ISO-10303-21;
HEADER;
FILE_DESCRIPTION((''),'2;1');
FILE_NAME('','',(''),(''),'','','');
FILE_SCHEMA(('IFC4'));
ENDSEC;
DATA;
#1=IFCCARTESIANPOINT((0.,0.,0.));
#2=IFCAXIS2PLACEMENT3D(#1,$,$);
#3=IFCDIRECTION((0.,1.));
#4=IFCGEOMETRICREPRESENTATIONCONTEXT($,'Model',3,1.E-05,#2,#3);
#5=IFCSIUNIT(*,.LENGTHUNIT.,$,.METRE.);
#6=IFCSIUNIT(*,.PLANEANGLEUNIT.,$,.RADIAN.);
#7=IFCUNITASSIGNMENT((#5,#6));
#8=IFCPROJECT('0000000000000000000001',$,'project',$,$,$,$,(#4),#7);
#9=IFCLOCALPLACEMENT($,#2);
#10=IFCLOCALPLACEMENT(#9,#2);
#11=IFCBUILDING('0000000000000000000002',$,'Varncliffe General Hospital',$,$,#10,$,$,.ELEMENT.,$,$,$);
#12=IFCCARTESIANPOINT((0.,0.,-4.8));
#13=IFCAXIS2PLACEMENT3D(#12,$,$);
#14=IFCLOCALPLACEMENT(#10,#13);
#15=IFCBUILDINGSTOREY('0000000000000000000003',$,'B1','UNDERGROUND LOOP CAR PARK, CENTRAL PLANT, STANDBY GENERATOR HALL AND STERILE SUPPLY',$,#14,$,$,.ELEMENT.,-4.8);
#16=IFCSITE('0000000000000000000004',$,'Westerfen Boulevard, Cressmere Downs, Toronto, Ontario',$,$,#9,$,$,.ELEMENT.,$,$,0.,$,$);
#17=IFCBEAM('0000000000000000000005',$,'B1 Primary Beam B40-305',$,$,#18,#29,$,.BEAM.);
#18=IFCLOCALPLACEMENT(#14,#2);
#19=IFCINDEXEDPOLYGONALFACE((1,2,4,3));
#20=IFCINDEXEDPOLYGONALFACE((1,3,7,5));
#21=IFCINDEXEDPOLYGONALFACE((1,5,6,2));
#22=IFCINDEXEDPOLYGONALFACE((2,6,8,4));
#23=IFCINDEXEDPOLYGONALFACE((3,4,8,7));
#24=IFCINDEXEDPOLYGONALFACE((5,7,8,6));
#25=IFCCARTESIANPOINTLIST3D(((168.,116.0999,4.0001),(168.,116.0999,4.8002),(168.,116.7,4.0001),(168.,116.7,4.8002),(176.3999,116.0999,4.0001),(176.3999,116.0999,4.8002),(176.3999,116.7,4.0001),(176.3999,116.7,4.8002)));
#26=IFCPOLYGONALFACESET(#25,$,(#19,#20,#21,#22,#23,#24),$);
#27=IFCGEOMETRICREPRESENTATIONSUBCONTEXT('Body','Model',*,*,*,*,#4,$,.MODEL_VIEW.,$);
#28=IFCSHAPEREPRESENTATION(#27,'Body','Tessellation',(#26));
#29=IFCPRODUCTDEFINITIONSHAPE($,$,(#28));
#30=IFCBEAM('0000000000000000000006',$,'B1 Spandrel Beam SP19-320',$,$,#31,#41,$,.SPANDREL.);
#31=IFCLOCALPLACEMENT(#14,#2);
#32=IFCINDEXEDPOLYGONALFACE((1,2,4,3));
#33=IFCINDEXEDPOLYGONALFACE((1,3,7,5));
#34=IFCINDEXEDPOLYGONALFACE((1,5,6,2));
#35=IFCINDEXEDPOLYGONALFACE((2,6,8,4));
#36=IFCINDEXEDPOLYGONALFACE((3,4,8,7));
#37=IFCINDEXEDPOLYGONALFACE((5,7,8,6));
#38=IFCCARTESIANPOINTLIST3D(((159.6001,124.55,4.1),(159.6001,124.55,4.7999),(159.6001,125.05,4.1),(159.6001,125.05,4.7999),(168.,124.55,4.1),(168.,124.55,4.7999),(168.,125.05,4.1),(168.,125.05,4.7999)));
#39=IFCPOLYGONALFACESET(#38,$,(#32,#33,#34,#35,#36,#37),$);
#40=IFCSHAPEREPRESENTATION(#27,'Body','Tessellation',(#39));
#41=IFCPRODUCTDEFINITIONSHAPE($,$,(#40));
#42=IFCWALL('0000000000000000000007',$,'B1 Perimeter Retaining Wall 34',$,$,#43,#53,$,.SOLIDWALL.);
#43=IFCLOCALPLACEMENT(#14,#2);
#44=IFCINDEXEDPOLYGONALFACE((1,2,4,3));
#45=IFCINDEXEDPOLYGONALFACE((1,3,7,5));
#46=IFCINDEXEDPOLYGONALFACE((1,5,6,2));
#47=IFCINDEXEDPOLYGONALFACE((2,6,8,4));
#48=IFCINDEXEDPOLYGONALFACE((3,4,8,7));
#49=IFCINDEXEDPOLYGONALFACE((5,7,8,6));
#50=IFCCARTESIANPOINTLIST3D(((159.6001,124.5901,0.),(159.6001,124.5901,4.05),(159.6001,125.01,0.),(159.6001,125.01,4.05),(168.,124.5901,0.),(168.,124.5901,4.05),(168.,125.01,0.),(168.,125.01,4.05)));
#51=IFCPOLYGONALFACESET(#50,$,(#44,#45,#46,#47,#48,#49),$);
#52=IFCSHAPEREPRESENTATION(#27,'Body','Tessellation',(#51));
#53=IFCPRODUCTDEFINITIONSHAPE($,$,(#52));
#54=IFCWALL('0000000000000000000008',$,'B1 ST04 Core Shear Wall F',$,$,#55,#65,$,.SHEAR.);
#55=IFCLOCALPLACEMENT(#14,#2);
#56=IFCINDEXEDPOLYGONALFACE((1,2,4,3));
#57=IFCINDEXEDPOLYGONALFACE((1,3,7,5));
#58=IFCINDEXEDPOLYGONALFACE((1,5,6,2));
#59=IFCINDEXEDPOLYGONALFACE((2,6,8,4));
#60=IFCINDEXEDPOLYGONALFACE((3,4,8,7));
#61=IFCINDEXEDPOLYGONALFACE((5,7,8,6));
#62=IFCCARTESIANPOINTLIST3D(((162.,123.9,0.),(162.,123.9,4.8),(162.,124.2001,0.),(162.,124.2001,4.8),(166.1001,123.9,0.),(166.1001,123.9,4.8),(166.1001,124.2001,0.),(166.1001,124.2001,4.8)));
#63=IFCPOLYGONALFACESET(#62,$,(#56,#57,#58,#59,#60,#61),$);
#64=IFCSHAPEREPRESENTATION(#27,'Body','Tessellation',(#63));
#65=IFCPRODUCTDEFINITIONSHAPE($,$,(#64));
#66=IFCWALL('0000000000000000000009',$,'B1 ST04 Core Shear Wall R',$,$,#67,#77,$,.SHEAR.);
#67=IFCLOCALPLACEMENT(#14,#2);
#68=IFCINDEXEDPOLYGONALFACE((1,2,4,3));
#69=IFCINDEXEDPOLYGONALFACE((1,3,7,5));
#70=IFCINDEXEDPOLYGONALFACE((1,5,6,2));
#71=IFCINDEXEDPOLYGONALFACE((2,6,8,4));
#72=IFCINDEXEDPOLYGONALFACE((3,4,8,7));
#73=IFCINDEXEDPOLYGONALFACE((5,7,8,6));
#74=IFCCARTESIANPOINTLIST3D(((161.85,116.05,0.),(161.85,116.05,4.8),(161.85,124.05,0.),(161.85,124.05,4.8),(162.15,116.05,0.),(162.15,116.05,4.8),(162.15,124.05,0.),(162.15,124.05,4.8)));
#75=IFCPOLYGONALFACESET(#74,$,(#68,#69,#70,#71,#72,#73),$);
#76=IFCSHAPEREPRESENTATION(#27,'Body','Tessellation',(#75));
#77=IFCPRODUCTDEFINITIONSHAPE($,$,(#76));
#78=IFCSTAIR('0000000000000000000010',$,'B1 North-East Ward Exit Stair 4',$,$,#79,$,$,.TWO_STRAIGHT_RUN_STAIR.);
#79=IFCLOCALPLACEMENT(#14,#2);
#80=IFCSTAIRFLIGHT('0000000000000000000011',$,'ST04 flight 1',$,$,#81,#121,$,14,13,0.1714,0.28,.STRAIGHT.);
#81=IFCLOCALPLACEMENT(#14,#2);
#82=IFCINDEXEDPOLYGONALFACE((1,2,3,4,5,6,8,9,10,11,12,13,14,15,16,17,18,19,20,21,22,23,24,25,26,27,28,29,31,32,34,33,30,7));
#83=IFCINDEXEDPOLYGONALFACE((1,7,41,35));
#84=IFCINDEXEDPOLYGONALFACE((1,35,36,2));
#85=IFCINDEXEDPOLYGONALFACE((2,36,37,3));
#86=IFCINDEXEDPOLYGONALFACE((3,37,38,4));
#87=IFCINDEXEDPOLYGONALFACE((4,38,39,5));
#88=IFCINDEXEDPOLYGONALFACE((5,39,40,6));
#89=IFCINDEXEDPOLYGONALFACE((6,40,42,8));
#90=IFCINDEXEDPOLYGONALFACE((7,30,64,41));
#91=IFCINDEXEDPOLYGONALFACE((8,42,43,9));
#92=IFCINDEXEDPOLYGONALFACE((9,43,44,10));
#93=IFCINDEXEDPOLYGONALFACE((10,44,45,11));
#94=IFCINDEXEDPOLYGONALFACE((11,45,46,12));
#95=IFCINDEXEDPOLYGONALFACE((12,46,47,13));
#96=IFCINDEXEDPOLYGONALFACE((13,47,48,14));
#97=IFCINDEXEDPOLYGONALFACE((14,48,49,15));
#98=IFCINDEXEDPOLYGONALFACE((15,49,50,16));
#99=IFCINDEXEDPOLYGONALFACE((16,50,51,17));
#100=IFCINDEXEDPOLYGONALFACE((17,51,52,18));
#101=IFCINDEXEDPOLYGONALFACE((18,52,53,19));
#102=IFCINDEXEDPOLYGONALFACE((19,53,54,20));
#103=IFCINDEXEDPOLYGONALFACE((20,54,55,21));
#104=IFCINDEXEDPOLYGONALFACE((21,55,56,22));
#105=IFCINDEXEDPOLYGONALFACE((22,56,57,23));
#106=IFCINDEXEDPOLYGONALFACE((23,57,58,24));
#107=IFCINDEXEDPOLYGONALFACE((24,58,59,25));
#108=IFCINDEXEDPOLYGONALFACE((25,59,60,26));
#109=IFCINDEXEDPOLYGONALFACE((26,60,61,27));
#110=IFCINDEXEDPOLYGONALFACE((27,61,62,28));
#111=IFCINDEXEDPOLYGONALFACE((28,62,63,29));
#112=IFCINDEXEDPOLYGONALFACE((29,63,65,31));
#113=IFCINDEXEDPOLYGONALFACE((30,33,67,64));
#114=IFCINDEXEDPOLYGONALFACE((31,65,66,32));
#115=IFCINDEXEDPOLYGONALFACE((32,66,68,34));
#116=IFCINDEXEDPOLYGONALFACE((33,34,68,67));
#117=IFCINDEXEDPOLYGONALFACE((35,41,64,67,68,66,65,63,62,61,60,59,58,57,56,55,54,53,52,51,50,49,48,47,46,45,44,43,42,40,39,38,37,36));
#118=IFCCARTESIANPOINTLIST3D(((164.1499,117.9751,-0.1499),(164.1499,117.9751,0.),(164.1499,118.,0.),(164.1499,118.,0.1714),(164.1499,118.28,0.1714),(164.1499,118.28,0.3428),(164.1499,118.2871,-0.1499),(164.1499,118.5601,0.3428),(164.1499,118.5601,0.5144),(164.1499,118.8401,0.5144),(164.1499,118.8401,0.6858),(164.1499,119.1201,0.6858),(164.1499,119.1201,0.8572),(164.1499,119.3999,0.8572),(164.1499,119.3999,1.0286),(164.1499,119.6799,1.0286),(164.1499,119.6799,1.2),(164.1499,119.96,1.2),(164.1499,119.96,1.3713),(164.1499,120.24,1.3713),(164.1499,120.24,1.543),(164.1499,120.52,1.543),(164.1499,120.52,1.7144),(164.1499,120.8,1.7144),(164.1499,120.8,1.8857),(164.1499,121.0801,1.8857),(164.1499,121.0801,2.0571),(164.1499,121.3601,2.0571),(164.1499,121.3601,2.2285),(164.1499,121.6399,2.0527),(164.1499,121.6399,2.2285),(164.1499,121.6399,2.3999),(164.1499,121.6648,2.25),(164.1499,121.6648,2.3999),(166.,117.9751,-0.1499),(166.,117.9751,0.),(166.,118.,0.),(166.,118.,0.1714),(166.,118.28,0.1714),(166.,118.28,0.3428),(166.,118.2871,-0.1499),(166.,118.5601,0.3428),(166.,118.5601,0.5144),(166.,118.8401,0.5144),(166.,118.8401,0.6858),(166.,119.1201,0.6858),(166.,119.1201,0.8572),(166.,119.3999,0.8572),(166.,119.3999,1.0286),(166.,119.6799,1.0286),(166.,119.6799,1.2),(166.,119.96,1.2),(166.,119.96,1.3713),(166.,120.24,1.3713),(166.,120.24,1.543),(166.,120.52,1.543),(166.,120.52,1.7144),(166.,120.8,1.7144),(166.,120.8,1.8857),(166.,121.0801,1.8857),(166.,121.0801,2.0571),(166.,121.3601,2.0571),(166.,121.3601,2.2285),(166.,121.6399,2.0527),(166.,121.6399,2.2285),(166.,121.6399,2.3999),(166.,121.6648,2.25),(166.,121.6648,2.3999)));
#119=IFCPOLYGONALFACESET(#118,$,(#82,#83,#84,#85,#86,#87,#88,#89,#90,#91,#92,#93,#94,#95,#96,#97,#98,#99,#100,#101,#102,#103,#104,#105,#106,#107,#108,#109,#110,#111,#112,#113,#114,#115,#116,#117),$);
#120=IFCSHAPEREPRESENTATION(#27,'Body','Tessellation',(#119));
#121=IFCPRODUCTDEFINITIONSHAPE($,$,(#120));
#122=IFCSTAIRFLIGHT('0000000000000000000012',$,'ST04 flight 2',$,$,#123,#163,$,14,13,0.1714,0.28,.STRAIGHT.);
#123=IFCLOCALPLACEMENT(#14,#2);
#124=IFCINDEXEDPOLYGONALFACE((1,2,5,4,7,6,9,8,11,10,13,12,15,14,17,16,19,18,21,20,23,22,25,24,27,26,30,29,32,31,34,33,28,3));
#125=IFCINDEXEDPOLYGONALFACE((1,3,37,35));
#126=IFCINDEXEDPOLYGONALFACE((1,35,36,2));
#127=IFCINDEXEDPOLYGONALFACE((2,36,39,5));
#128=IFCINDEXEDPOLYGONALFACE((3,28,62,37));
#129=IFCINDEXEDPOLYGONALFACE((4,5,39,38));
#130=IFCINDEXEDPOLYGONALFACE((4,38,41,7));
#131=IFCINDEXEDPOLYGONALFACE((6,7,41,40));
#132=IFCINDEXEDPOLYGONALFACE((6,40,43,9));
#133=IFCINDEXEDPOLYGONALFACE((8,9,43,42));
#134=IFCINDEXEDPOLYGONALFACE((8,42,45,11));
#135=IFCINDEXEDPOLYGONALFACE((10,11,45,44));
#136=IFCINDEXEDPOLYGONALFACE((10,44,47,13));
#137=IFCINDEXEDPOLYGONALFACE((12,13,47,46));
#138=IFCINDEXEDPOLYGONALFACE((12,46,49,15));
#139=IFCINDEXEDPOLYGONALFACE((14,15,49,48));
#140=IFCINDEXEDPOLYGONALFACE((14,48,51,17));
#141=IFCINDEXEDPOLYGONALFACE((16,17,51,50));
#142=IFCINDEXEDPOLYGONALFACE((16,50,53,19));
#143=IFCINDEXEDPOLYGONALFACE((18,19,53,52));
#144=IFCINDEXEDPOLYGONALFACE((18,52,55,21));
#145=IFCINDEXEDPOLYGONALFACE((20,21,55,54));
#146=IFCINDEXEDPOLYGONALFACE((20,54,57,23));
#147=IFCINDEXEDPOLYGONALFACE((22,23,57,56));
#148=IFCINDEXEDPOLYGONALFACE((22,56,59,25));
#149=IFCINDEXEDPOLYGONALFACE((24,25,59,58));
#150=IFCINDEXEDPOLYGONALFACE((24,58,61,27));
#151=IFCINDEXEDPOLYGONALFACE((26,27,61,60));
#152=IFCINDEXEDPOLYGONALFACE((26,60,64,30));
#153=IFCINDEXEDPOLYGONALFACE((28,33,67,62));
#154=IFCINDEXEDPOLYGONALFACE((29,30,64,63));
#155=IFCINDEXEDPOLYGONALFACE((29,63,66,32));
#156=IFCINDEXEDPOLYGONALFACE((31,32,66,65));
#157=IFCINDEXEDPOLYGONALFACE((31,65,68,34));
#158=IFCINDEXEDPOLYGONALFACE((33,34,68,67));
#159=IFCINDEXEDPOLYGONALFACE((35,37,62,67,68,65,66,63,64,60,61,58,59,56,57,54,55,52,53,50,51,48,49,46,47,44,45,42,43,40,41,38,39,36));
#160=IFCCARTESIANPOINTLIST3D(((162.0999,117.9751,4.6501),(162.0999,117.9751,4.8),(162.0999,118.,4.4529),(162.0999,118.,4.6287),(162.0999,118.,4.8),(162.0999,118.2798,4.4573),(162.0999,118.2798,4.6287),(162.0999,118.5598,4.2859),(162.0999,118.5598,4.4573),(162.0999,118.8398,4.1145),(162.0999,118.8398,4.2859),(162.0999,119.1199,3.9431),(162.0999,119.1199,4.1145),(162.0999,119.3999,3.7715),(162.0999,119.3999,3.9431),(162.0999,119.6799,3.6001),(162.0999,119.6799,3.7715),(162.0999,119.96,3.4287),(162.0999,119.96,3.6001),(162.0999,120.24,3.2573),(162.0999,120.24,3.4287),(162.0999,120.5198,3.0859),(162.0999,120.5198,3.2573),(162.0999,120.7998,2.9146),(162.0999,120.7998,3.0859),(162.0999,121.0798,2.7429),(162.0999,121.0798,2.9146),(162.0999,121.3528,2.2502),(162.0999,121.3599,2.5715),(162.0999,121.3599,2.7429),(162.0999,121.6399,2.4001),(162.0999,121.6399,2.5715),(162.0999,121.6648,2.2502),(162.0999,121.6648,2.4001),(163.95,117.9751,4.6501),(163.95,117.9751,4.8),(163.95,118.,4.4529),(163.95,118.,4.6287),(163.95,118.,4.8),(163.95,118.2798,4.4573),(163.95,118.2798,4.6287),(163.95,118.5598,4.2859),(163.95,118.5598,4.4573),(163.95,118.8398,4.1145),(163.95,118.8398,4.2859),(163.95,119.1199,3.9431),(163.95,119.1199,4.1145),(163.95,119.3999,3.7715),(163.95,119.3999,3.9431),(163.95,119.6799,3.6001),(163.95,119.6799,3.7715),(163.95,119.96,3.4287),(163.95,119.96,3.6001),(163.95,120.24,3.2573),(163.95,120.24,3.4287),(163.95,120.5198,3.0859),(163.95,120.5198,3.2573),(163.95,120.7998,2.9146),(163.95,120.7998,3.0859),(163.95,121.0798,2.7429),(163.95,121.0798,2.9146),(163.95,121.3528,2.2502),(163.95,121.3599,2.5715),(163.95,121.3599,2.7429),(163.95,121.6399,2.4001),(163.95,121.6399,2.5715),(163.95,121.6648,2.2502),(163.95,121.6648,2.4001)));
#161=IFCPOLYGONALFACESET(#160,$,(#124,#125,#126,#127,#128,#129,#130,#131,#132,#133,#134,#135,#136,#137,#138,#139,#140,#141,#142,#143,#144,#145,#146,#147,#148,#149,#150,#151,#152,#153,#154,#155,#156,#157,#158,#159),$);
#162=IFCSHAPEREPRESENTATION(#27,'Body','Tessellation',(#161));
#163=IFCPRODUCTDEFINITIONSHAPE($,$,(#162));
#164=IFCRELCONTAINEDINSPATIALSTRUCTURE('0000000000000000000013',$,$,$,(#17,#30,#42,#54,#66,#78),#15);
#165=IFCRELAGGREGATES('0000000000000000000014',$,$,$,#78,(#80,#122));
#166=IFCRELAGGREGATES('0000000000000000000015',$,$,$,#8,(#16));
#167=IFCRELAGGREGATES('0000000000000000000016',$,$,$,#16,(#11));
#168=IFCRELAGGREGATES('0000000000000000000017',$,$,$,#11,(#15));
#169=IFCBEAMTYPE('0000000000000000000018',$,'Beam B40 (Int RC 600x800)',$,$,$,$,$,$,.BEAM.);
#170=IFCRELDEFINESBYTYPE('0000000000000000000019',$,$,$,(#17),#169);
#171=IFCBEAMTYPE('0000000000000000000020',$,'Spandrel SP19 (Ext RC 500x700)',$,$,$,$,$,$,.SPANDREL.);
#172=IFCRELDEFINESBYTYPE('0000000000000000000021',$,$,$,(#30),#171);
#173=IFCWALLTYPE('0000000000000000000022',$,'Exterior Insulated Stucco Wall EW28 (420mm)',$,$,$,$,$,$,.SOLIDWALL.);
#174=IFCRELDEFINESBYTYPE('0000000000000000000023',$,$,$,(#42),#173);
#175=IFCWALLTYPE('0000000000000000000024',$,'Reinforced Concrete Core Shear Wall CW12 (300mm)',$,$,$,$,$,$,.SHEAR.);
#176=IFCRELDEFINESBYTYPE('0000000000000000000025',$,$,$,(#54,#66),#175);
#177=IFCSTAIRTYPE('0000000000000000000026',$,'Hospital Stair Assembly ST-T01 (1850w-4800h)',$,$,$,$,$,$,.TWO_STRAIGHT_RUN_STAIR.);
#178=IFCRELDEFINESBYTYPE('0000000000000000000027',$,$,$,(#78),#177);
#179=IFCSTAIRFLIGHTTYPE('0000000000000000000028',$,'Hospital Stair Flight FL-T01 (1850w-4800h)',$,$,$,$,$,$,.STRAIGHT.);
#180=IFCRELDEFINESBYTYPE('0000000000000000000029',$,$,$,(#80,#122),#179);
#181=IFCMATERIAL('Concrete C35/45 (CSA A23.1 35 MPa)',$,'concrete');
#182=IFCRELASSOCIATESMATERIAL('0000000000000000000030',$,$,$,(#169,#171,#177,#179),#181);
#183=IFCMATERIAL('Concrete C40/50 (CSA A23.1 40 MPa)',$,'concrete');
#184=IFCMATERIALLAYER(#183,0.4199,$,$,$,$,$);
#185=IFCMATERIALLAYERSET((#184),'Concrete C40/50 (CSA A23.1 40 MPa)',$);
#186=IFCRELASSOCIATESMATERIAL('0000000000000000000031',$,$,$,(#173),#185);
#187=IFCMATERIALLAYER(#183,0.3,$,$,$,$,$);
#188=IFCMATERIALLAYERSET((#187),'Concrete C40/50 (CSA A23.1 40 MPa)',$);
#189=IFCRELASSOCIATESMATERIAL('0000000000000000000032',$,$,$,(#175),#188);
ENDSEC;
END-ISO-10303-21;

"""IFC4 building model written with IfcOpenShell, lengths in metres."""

from ifc_helpers import new_model, si_unit, direction, frame, frame_2d, origin, origin_2d, place, context, subcontext, project, spatial, polyline, rectangle, outline, extrude, material, layer, layer_set, material_profile, profile_set, type_object, element, aggregate, save


model = new_model("IFC4")

# Units and contexts
model_context = context("Model", 3, precision=1e-05, world=origin(), true_north=direction((0.0, 1.0)))
body_context = subcontext(model_context, "Body", "Model", "MODEL_VIEW")
ifc_project = project(units=[si_unit("LENGTHUNIT", "METRE"), si_unit("PLANEANGLEUNIT", "RADIAN")], contexts=[model_context])

# Site, building, storey
site_placement = place(None, origin())
site = spatial("IfcSite", under=ifc_project, at=site_placement, Name="Westerfen Boulevard, Cressmere Downs, Toronto, Ontario", CompositionType="ELEMENT", RefElevation=0.0)
building_placement = place(site_placement, origin())
building = spatial("IfcBuilding", under=site, at=building_placement, Name="Varncliffe General Hospital", CompositionType="ELEMENT")
storey_placement = place(building_placement, frame((0.0, 0.0, -4.8)))
storey = spatial("IfcBuildingStorey", under=building, at=storey_placement, Name="B1", Description="UNDERGROUND LOOP CAR PARK, CENTRAL PLANT, STANDBY GENERATOR HALL AND STERILE SUPPLY", CompositionType="ELEMENT", Elevation=-4.8)

# Shared definitions
ifc_material_1 = material(Name="Concrete C40/50 (CSA A23.1 40 MPa)", Category="concrete")

# Beams
ifc_material_2 = material(Name="Concrete C35/45 (CSA A23.1 35 MPa)", Category="concrete")
ifc_material_profile_1 = material_profile(ifc_material_2, rectangle(XDim=0.6001, YDim=0.8, at=origin_2d()), Name="RC 600x800")
ifc_profile_set_1 = profile_set([ifc_material_profile_1], Name="Concrete C35/45 (CSA A23.1 35 MPa)")
beam_type_1 = type_object("IfcBeamType", Name="Beam B40 (Int RC 600x800)", PredefinedType="BEAM", material=ifc_profile_set_1)
beam_1_placement = place(storey_placement, frame((168.0, 116.3999, 4.4001), z_axis=(1.0, 0.0, 0.0), x_axis=(0.0, 1.0, 0.0)))
element("IfcBeam", 1, at=beam_1_placement, inside=storey, type_object=beam_type_1, Name="B1 Primary Beam B40-305", PredefinedType="BEAM", context=body_context, shape_type="SweptSolid", body=[
    extrude(rectangle(XDim=0.6001, YDim=0.8, at=origin_2d()), origin(), (0.0, 0.0, 1.0), 8.3999),
])
ifc_material_profile_2 = material_profile(ifc_material_2, rectangle(XDim=0.5, YDim=0.7, at=origin_2d()), Name="RC 500x700")
ifc_profile_set_2 = profile_set([ifc_material_profile_2], Name="Concrete C35/45 (CSA A23.1 35 MPa)")
beam_type_2 = type_object("IfcBeamType", Name="Spandrel SP19 (Ext RC 500x700)", PredefinedType="SPANDREL", material=ifc_profile_set_2)
beam_2_placement = place(storey_placement, frame((159.6001, 124.8, 4.45), z_axis=(1.0, 0.0, 0.0), x_axis=(0.0, 1.0, 0.0)))
element("IfcBeam", 2, at=beam_2_placement, inside=storey, type_object=beam_type_2, Name="B1 Spandrel Beam SP19-320", PredefinedType="SPANDREL", context=body_context, shape_type="SweptSolid", body=[
    extrude(rectangle(XDim=0.5, YDim=0.7, at=origin_2d()), origin(), (0.0, 0.0, 1.0), 8.3999),
])

# Walls
ifc_layer_1 = layer(ifc_material_1, 0.4199)
ifc_layer_set_1 = layer_set([ifc_layer_1], Name="Concrete C40/50 (CSA A23.1 40 MPa)")
wall_type_1 = type_object("IfcWallType", Name="Exterior Insulated Stucco Wall EW28 (420mm)", PredefinedType="SOLIDWALL", material=ifc_layer_set_1)
wall_1_placement = place(storey_placement, frame((159.6001, 124.8, 0.0), z_axis=(0.0, 0.0, 1.0), x_axis=(1.0, 0.0, 0.0)))
element("IfcWall", 3, at=wall_1_placement, inside=storey, type_object=wall_type_1, Name="B1 Perimeter Retaining Wall 34", PredefinedType="SOLIDWALL", context=body_context, shape_type="SweptSolid", body=[
    extrude(rectangle(XDim=8.3999, YDim=0.4199, at=frame_2d((4.2, 0.0))), origin(), (0.0, 0.0, 1.0), 4.05),
])
ifc_layer_2 = layer(ifc_material_1, 0.3)
ifc_layer_set_2 = layer_set([ifc_layer_2], Name="Concrete C40/50 (CSA A23.1 40 MPa)")
wall_type_2 = type_object("IfcWallType", Name="Reinforced Concrete Core Shear Wall CW12 (300mm)", PredefinedType="SHEAR", material=ifc_layer_set_2)
wall_2_placement = place(storey_placement, frame((166.1001, 124.05, 0.0), z_axis=(0.0, 0.0, 1.0), x_axis=(-1.0, 0.0, 0.0)))
element("IfcWall", 4, at=wall_2_placement, inside=storey, type_object=wall_type_2, Name="B1 ST04 Core Shear Wall F", PredefinedType="SHEAR", context=body_context, shape_type="SweptSolid", body=[
    extrude(rectangle(XDim=4.1001, YDim=0.3, at=frame_2d((2.05, 0.0))), origin(), (0.0, 0.0, 1.0), 4.8),
])
wall_3_placement = place(storey_placement, frame((162.0, 124.05, 0.0), z_axis=(0.0, 0.0, 1.0), x_axis=(0.0, -1.0, 0.0)))
element("IfcWall", 5, at=wall_3_placement, inside=storey, type_object=wall_type_2, Name="B1 ST04 Core Shear Wall R", PredefinedType="SHEAR", context=body_context, shape_type="SweptSolid", body=[
    extrude(rectangle(XDim=8.0, YDim=0.3, at=frame_2d((4.0, 0.0))), origin(), (0.0, 0.0, 1.0), 4.8),
])

# Stair, stair flights
stair_type = type_object("IfcStairType", Name="Hospital Stair Assembly ST-T01 (1850w-4800h)", PredefinedType="TWO_STRAIGHT_RUN_STAIR", material=ifc_material_2)
stair_placement = place(storey_placement, origin())
stair = element("IfcStair", 6, at=stair_placement, inside=storey, type_object=stair_type, Name="B1 North-East Ward Exit Stair 4", PredefinedType="TWO_STRAIGHT_RUN_STAIR")
stair_flight_type = type_object("IfcStairFlightType", Name="Hospital Stair Flight FL-T01 (1850w-4800h)", PredefinedType="STRAIGHT", material=ifc_material_2)
stair_flight_1_placement = place(storey_placement, frame((165.075, 118.0, 0.0), z_axis=(0.0, 0.0, 1.0), x_axis=(0.0, 1.0, 0.0)))
stair_flight_1 = element("IfcStairFlight", 7, at=stair_flight_1_placement, type_object=stair_flight_type, Name="ST04 flight 1", NumberOfRisers=14, NumberOfTreads=13, PredefinedType="STRAIGHT", RiserHeight=0.1714, TreadLength=0.28, context=body_context, shape_type="SweptSolid", body=[
    extrude(outline(polyline([(-0.0249, -0.1499), (-0.0249, 0.0), (0.0, 0.0), (0.0, 0.1714), (0.28, 0.1714), (0.28, 0.3428), (0.5601, 0.3428), (0.5601, 0.5144), (0.8401, 0.5144), (0.8401, 0.6858), (1.1201, 0.6858), (1.1201, 0.8572), (1.3999, 0.8572), (1.3999, 1.0286), (1.6799, 1.0286), (1.6799, 1.2), (1.96, 1.2), (1.96, 1.3713), (2.24, 1.3713), (2.24, 1.543), (2.52, 1.543), (2.52, 1.7144), (2.8, 1.7144), (2.8, 1.8857), (3.0801, 1.8857), (3.0801, 2.0571), (3.3601, 2.0571), (3.3601, 2.2285), (3.6399, 2.2285), (3.6399, 2.3999), (3.6648, 2.3999), (3.6648, 2.25), (3.6399, 2.0527), (0.2871, -0.1499), (-0.0249, -0.1499)])), frame((0.0, 0.925, 0.0), z_axis=(0.0, -1.0, 0.0), x_axis=(1.0, 0.0, 0.0)), (0.0, 0.0, 1.0), 1.8501),
])
stair_flight_2_placement = place(storey_placement, frame((163.0249, 121.6399, 2.4001), z_axis=(0.0, 0.0, 1.0), x_axis=(0.0, -1.0, 0.0)))
stair_flight_2 = element("IfcStairFlight", 8, at=stair_flight_2_placement, type_object=stair_flight_type, Name="ST04 flight 2", NumberOfRisers=14, NumberOfTreads=13, PredefinedType="STRAIGHT", RiserHeight=0.1714, TreadLength=0.28, context=body_context, shape_type="SweptSolid", body=[
    extrude(outline(polyline([(-0.0249, -0.1499), (-0.0249, 0.0), (0.0, 0.0), (0.0, 0.1714), (0.28, 0.1714), (0.28, 0.3428), (0.5601, 0.3428), (0.5601, 0.5144), (0.8401, 0.5144), (0.8401, 0.6858), (1.1201, 0.6858), (1.1201, 0.8572), (1.3999, 0.8572), (1.3999, 1.0286), (1.6799, 1.0286), (1.6799, 1.2), (1.96, 1.2), (1.96, 1.3713), (2.24, 1.3713), (2.24, 1.543), (2.52, 1.543), (2.52, 1.7144), (2.8, 1.7144), (2.8, 1.8857), (3.0801, 1.8857), (3.0801, 2.0571), (3.3601, 2.0571), (3.3601, 2.2285), (3.6399, 2.2285), (3.6399, 2.3999), (3.6648, 2.3999), (3.6648, 2.25), (3.6399, 2.0527), (0.2871, -0.1499), (-0.0249, -0.1499)])), frame((0.0, 0.925, 0.0), z_axis=(0.0, -1.0, 0.0), x_axis=(1.0, 0.0, 0.0)), (0.0, 0.0, 1.0), 1.8501),
])
aggregate(stair, [stair_flight_1, stair_flight_2])

save(model, "model.ifc")
